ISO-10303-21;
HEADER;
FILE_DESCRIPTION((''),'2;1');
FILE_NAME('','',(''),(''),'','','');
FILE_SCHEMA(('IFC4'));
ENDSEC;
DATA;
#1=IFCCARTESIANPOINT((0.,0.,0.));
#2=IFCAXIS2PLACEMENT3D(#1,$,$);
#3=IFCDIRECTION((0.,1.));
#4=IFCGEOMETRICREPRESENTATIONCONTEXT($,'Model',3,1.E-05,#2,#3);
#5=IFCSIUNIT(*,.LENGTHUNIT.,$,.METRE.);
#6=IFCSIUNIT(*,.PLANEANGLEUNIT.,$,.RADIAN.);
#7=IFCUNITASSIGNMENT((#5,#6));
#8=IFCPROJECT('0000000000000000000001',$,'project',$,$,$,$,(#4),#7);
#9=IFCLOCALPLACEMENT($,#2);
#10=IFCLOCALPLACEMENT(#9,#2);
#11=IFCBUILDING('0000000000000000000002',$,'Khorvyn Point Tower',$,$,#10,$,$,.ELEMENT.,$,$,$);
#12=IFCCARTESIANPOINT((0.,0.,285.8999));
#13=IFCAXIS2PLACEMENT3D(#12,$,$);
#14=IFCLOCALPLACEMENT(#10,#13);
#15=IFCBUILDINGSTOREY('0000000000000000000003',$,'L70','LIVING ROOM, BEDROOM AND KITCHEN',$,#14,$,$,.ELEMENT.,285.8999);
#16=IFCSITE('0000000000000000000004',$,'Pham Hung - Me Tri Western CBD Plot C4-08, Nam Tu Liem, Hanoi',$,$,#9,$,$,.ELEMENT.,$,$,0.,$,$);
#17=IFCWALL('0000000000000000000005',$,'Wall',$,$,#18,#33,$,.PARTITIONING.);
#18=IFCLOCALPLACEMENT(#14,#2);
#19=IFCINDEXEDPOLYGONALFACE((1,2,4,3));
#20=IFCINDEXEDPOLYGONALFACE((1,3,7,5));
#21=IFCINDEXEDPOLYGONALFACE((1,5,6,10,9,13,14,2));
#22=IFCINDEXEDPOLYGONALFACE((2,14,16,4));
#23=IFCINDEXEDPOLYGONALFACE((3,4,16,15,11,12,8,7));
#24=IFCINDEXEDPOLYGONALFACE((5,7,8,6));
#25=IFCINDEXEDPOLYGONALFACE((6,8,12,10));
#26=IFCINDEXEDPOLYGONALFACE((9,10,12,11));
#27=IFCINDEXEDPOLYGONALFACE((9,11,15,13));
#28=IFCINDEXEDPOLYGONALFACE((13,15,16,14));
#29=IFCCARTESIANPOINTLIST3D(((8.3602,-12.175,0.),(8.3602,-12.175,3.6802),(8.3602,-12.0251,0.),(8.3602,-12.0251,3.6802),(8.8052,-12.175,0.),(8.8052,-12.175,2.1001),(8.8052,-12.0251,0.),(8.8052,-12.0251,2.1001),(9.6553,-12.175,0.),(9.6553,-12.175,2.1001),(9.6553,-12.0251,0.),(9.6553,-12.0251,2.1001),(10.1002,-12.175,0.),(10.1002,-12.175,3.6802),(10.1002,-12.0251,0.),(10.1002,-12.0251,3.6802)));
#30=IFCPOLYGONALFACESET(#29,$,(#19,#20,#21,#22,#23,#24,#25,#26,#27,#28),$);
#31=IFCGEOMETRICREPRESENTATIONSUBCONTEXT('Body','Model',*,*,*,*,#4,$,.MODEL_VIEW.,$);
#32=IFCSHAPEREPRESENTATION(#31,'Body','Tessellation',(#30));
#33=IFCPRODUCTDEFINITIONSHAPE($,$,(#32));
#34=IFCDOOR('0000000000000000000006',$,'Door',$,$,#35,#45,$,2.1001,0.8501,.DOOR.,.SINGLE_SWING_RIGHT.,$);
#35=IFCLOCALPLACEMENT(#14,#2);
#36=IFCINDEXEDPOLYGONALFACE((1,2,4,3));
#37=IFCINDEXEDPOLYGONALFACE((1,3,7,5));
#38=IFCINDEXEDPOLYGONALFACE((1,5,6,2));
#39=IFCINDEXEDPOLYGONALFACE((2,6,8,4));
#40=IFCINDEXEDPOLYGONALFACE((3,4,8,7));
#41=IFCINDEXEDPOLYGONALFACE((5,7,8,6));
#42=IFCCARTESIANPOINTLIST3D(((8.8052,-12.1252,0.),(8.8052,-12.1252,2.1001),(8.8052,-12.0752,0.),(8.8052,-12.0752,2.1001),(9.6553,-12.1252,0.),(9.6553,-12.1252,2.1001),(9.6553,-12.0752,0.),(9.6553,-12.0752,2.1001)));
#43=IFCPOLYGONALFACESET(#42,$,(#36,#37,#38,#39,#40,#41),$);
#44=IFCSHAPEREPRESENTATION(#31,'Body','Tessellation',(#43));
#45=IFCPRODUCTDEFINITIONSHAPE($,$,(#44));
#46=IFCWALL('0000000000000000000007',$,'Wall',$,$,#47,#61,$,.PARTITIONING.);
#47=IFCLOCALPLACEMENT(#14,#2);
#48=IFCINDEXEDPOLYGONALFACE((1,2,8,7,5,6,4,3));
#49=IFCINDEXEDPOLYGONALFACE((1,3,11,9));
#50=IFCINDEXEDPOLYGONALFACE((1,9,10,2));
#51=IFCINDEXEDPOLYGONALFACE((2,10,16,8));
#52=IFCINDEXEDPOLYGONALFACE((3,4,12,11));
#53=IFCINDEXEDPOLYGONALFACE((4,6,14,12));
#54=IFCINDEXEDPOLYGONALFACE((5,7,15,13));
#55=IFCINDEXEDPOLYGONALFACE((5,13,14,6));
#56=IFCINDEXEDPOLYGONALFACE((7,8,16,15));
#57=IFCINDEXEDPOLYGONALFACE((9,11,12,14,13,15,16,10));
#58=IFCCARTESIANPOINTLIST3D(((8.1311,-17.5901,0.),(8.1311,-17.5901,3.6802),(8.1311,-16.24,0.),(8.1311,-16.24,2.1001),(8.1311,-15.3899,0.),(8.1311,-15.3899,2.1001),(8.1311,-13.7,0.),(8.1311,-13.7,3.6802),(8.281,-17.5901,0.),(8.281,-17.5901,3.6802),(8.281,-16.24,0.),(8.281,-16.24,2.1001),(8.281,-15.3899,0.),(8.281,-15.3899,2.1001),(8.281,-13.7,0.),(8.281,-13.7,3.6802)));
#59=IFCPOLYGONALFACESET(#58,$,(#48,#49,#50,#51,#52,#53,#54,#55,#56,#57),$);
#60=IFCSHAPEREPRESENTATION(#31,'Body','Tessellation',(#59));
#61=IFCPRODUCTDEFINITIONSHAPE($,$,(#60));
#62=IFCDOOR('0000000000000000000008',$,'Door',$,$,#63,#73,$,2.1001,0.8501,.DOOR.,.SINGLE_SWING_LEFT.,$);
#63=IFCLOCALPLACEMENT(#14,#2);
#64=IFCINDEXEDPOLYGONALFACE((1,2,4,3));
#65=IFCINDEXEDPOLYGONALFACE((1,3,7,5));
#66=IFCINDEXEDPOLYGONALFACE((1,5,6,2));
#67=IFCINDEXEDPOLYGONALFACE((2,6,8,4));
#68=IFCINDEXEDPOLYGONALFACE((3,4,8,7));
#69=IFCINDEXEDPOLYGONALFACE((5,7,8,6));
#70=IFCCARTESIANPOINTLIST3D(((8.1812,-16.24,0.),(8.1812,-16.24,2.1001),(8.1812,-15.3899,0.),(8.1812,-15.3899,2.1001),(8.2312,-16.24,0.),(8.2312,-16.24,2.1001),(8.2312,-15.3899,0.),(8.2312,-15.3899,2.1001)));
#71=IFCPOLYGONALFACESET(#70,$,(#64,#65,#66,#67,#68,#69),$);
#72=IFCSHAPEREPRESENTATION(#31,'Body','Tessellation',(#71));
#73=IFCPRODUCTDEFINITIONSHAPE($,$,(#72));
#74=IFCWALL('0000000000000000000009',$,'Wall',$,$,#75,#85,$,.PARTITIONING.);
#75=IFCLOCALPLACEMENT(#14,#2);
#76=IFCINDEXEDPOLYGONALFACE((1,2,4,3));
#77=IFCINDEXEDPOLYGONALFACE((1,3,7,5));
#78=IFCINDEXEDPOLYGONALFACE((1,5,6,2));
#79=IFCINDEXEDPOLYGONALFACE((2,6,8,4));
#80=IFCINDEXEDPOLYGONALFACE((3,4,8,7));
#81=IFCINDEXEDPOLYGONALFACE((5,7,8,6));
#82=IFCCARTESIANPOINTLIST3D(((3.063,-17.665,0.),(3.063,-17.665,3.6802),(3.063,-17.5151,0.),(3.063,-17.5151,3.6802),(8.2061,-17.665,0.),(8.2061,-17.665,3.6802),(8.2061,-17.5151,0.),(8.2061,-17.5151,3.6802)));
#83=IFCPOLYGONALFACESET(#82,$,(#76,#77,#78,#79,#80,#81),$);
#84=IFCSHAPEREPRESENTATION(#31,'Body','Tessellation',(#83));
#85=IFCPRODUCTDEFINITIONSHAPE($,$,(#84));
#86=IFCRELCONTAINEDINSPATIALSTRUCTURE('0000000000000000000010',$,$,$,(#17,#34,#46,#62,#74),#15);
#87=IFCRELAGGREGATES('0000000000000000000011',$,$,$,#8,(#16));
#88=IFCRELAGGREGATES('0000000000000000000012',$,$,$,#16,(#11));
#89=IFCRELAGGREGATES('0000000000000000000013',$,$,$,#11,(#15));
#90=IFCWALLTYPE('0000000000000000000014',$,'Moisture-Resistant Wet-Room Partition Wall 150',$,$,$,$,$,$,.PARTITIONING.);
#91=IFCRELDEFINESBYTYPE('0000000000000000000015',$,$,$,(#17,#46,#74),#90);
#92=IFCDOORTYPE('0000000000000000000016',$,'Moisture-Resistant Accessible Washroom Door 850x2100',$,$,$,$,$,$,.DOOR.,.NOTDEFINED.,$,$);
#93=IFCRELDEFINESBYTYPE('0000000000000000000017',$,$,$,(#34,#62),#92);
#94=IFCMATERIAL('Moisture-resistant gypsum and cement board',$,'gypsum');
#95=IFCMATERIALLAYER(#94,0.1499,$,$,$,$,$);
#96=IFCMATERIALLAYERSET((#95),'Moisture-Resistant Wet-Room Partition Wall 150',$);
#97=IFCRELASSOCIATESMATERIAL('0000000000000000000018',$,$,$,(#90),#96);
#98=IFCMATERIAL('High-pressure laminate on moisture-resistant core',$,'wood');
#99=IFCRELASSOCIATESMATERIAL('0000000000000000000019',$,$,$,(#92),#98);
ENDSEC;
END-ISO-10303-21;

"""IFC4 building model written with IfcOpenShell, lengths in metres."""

from ifc_helpers import new_model, si_unit, direction, frame, frame_2d, origin, place, context, subcontext, project, spatial, rectangle, extrude, material, layer, layer_set, type_object, element, fill, save


model = new_model("IFC4")

# Units and contexts
model_context = context("Model", 3, precision=1e-05, world=origin(), true_north=direction((0.0, 1.0)))
body_context = subcontext(model_context, "Body", "Model", "MODEL_VIEW")
ifc_project = project(units=[si_unit("LENGTHUNIT", "METRE"), si_unit("PLANEANGLEUNIT", "RADIAN")], contexts=[model_context])

# Site, building, storey
site_placement = place(None, origin())
site = spatial("IfcSite", under=ifc_project, at=site_placement, Name="Pham Hung - Me Tri Western CBD Plot C4-08, Nam Tu Liem, Hanoi", CompositionType="ELEMENT", RefElevation=0.0)
building_placement = place(site_placement, origin())
building = spatial("IfcBuilding", under=site, at=building_placement, Name="Khorvyn Point Tower", CompositionType="ELEMENT")
storey_placement = place(building_placement, frame((0.0, 0.0, 285.8999)))
storey = spatial("IfcBuildingStorey", under=building, at=storey_placement, Name="L70", Description="LIVING ROOM, BEDROOM AND KITCHEN", CompositionType="ELEMENT", Elevation=285.8999)

# Walls, openings, doors
ifc_material_1 = material(Name="Moisture-resistant gypsum and cement board", Category="gypsum")
ifc_layer_1 = layer(ifc_material_1, 0.1499)
ifc_layer_set_1 = layer_set([ifc_layer_1], Name="Moisture-Resistant Wet-Room Partition Wall 150")
wall_type_1 = type_object("IfcWallType", Name="Moisture-Resistant Wet-Room Partition Wall 150", PredefinedType="PARTITIONING", material=ifc_layer_set_1)
wall_1_placement = place(storey_placement, frame((8.3601, -12.1001, 0.0), z_axis=(0.0, 0.0, 1.0), x_axis=(1.0, 0.0, 0.0)))
wall_1 = element("IfcWall", 1, at=wall_1_placement, inside=storey, type_object=wall_type_1, Name="Wall", PredefinedType="PARTITIONING", context=body_context, shape_type="SweptSolid", body=[
    extrude(rectangle(XDim=1.74, YDim=0.1499, at=frame_2d((0.8701, 0.0))), origin(), (0.0, 0.0, 1.0), 3.6802),
])
opening_1_placement = place(wall_1_placement, frame((0.4451, 0.0, 0.0)))
opening_1 = element("IfcOpeningElement", 2, at=opening_1_placement, cuts=wall_1, PredefinedType="OPENING", context=body_context, shape_type="SweptSolid", body=[
    extrude(rectangle(XDim=0.8501, YDim=2.1001, at=frame_2d((0.425, 1.05))), frame((0.0, 0.085, 0.0), z_axis=(0.0, -1.0, 0.0), x_axis=(1.0, 0.0, 0.0)), (0.0, 0.0, 1.0), 0.1699),
])
ifc_material_2 = material(Name="High-pressure laminate on moisture-resistant core", Category="wood")
door_type_1 = type_object("IfcDoorType", Name="Moisture-Resistant Accessible Washroom Door 850x2100", OperationType="NOTDEFINED", PredefinedType="DOOR", material=ifc_material_2)
door_1_placement = place(opening_1_placement, origin())
door_1 = element("IfcDoor", 3, at=door_1_placement, inside=storey, type_object=door_type_1, Name="Door", OperationType="SINGLE_SWING_RIGHT", OverallHeight=2.1001, OverallWidth=0.8501, PredefinedType="DOOR", context=body_context, shape_type="SweptSolid", body=[
    extrude(rectangle(XDim=0.8501, YDim=2.1001, at=frame_2d((0.425, 1.05))), frame((0.0, 0.0249, 0.0), z_axis=(0.0, -1.0, 0.0), x_axis=(1.0, 0.0, 0.0)), (0.0, 0.0, 1.0), 0.05),
])
fill(opening_1, door_1)
wall_2_placement = place(storey_placement, frame((8.2061, -17.5901, 0.0), z_axis=(0.0, 0.0, 1.0), x_axis=(0.0, 1.0, 0.0)))
wall_2 = element("IfcWall", 4, at=wall_2_placement, inside=storey, type_object=wall_type_1, Name="Wall", PredefinedType="PARTITIONING", context=body_context, shape_type="SweptSolid", body=[
    extrude(rectangle(XDim=3.8901, YDim=0.1499, at=frame_2d((1.9451, 0.0))), origin(), (0.0, 0.0, 1.0), 3.6802),
])
opening_2_placement = place(wall_2_placement, frame((1.3501, 0.0, 0.0)))
opening_2 = element("IfcOpeningElement", 5, at=opening_2_placement, cuts=wall_2, PredefinedType="OPENING", context=body_context, shape_type="SweptSolid", body=[
    extrude(rectangle(XDim=0.8501, YDim=2.1001, at=frame_2d((0.425, 1.05))), frame((0.0, 0.085, 0.0), z_axis=(0.0, -1.0, 0.0), x_axis=(1.0, 0.0, 0.0)), (0.0, 0.0, 1.0), 0.1699),
])
door_2_placement = place(opening_2_placement, origin())
door_2 = element("IfcDoor", 6, at=door_2_placement, inside=storey, type_object=door_type_1, Name="Door", OperationType="SINGLE_SWING_LEFT", OverallHeight=2.1001, OverallWidth=0.8501, PredefinedType="DOOR", context=body_context, shape_type="SweptSolid", body=[
    extrude(rectangle(XDim=0.8501, YDim=2.1001, at=frame_2d((0.425, 1.05))), frame((0.0, 0.0249, 0.0), z_axis=(0.0, -1.0, 0.0), x_axis=(1.0, 0.0, 0.0)), (0.0, 0.0, 1.0), 0.05),
])
fill(opening_2, door_2)

# Wall
wall_3_placement = place(storey_placement, frame((3.063, -17.5901, 0.0), z_axis=(0.0, 0.0, 1.0), x_axis=(1.0, 0.0, 0.0)))
element("IfcWall", 7, at=wall_3_placement, inside=storey, type_object=wall_type_1, Name="Wall", PredefinedType="PARTITIONING", context=body_context, shape_type="SweptSolid", body=[
    extrude(rectangle(XDim=5.1431, YDim=0.1499, at=frame_2d((2.5715, 0.0))), origin(), (0.0, 0.0, 1.0), 3.6802),
])

save(model, "model.ifc")
